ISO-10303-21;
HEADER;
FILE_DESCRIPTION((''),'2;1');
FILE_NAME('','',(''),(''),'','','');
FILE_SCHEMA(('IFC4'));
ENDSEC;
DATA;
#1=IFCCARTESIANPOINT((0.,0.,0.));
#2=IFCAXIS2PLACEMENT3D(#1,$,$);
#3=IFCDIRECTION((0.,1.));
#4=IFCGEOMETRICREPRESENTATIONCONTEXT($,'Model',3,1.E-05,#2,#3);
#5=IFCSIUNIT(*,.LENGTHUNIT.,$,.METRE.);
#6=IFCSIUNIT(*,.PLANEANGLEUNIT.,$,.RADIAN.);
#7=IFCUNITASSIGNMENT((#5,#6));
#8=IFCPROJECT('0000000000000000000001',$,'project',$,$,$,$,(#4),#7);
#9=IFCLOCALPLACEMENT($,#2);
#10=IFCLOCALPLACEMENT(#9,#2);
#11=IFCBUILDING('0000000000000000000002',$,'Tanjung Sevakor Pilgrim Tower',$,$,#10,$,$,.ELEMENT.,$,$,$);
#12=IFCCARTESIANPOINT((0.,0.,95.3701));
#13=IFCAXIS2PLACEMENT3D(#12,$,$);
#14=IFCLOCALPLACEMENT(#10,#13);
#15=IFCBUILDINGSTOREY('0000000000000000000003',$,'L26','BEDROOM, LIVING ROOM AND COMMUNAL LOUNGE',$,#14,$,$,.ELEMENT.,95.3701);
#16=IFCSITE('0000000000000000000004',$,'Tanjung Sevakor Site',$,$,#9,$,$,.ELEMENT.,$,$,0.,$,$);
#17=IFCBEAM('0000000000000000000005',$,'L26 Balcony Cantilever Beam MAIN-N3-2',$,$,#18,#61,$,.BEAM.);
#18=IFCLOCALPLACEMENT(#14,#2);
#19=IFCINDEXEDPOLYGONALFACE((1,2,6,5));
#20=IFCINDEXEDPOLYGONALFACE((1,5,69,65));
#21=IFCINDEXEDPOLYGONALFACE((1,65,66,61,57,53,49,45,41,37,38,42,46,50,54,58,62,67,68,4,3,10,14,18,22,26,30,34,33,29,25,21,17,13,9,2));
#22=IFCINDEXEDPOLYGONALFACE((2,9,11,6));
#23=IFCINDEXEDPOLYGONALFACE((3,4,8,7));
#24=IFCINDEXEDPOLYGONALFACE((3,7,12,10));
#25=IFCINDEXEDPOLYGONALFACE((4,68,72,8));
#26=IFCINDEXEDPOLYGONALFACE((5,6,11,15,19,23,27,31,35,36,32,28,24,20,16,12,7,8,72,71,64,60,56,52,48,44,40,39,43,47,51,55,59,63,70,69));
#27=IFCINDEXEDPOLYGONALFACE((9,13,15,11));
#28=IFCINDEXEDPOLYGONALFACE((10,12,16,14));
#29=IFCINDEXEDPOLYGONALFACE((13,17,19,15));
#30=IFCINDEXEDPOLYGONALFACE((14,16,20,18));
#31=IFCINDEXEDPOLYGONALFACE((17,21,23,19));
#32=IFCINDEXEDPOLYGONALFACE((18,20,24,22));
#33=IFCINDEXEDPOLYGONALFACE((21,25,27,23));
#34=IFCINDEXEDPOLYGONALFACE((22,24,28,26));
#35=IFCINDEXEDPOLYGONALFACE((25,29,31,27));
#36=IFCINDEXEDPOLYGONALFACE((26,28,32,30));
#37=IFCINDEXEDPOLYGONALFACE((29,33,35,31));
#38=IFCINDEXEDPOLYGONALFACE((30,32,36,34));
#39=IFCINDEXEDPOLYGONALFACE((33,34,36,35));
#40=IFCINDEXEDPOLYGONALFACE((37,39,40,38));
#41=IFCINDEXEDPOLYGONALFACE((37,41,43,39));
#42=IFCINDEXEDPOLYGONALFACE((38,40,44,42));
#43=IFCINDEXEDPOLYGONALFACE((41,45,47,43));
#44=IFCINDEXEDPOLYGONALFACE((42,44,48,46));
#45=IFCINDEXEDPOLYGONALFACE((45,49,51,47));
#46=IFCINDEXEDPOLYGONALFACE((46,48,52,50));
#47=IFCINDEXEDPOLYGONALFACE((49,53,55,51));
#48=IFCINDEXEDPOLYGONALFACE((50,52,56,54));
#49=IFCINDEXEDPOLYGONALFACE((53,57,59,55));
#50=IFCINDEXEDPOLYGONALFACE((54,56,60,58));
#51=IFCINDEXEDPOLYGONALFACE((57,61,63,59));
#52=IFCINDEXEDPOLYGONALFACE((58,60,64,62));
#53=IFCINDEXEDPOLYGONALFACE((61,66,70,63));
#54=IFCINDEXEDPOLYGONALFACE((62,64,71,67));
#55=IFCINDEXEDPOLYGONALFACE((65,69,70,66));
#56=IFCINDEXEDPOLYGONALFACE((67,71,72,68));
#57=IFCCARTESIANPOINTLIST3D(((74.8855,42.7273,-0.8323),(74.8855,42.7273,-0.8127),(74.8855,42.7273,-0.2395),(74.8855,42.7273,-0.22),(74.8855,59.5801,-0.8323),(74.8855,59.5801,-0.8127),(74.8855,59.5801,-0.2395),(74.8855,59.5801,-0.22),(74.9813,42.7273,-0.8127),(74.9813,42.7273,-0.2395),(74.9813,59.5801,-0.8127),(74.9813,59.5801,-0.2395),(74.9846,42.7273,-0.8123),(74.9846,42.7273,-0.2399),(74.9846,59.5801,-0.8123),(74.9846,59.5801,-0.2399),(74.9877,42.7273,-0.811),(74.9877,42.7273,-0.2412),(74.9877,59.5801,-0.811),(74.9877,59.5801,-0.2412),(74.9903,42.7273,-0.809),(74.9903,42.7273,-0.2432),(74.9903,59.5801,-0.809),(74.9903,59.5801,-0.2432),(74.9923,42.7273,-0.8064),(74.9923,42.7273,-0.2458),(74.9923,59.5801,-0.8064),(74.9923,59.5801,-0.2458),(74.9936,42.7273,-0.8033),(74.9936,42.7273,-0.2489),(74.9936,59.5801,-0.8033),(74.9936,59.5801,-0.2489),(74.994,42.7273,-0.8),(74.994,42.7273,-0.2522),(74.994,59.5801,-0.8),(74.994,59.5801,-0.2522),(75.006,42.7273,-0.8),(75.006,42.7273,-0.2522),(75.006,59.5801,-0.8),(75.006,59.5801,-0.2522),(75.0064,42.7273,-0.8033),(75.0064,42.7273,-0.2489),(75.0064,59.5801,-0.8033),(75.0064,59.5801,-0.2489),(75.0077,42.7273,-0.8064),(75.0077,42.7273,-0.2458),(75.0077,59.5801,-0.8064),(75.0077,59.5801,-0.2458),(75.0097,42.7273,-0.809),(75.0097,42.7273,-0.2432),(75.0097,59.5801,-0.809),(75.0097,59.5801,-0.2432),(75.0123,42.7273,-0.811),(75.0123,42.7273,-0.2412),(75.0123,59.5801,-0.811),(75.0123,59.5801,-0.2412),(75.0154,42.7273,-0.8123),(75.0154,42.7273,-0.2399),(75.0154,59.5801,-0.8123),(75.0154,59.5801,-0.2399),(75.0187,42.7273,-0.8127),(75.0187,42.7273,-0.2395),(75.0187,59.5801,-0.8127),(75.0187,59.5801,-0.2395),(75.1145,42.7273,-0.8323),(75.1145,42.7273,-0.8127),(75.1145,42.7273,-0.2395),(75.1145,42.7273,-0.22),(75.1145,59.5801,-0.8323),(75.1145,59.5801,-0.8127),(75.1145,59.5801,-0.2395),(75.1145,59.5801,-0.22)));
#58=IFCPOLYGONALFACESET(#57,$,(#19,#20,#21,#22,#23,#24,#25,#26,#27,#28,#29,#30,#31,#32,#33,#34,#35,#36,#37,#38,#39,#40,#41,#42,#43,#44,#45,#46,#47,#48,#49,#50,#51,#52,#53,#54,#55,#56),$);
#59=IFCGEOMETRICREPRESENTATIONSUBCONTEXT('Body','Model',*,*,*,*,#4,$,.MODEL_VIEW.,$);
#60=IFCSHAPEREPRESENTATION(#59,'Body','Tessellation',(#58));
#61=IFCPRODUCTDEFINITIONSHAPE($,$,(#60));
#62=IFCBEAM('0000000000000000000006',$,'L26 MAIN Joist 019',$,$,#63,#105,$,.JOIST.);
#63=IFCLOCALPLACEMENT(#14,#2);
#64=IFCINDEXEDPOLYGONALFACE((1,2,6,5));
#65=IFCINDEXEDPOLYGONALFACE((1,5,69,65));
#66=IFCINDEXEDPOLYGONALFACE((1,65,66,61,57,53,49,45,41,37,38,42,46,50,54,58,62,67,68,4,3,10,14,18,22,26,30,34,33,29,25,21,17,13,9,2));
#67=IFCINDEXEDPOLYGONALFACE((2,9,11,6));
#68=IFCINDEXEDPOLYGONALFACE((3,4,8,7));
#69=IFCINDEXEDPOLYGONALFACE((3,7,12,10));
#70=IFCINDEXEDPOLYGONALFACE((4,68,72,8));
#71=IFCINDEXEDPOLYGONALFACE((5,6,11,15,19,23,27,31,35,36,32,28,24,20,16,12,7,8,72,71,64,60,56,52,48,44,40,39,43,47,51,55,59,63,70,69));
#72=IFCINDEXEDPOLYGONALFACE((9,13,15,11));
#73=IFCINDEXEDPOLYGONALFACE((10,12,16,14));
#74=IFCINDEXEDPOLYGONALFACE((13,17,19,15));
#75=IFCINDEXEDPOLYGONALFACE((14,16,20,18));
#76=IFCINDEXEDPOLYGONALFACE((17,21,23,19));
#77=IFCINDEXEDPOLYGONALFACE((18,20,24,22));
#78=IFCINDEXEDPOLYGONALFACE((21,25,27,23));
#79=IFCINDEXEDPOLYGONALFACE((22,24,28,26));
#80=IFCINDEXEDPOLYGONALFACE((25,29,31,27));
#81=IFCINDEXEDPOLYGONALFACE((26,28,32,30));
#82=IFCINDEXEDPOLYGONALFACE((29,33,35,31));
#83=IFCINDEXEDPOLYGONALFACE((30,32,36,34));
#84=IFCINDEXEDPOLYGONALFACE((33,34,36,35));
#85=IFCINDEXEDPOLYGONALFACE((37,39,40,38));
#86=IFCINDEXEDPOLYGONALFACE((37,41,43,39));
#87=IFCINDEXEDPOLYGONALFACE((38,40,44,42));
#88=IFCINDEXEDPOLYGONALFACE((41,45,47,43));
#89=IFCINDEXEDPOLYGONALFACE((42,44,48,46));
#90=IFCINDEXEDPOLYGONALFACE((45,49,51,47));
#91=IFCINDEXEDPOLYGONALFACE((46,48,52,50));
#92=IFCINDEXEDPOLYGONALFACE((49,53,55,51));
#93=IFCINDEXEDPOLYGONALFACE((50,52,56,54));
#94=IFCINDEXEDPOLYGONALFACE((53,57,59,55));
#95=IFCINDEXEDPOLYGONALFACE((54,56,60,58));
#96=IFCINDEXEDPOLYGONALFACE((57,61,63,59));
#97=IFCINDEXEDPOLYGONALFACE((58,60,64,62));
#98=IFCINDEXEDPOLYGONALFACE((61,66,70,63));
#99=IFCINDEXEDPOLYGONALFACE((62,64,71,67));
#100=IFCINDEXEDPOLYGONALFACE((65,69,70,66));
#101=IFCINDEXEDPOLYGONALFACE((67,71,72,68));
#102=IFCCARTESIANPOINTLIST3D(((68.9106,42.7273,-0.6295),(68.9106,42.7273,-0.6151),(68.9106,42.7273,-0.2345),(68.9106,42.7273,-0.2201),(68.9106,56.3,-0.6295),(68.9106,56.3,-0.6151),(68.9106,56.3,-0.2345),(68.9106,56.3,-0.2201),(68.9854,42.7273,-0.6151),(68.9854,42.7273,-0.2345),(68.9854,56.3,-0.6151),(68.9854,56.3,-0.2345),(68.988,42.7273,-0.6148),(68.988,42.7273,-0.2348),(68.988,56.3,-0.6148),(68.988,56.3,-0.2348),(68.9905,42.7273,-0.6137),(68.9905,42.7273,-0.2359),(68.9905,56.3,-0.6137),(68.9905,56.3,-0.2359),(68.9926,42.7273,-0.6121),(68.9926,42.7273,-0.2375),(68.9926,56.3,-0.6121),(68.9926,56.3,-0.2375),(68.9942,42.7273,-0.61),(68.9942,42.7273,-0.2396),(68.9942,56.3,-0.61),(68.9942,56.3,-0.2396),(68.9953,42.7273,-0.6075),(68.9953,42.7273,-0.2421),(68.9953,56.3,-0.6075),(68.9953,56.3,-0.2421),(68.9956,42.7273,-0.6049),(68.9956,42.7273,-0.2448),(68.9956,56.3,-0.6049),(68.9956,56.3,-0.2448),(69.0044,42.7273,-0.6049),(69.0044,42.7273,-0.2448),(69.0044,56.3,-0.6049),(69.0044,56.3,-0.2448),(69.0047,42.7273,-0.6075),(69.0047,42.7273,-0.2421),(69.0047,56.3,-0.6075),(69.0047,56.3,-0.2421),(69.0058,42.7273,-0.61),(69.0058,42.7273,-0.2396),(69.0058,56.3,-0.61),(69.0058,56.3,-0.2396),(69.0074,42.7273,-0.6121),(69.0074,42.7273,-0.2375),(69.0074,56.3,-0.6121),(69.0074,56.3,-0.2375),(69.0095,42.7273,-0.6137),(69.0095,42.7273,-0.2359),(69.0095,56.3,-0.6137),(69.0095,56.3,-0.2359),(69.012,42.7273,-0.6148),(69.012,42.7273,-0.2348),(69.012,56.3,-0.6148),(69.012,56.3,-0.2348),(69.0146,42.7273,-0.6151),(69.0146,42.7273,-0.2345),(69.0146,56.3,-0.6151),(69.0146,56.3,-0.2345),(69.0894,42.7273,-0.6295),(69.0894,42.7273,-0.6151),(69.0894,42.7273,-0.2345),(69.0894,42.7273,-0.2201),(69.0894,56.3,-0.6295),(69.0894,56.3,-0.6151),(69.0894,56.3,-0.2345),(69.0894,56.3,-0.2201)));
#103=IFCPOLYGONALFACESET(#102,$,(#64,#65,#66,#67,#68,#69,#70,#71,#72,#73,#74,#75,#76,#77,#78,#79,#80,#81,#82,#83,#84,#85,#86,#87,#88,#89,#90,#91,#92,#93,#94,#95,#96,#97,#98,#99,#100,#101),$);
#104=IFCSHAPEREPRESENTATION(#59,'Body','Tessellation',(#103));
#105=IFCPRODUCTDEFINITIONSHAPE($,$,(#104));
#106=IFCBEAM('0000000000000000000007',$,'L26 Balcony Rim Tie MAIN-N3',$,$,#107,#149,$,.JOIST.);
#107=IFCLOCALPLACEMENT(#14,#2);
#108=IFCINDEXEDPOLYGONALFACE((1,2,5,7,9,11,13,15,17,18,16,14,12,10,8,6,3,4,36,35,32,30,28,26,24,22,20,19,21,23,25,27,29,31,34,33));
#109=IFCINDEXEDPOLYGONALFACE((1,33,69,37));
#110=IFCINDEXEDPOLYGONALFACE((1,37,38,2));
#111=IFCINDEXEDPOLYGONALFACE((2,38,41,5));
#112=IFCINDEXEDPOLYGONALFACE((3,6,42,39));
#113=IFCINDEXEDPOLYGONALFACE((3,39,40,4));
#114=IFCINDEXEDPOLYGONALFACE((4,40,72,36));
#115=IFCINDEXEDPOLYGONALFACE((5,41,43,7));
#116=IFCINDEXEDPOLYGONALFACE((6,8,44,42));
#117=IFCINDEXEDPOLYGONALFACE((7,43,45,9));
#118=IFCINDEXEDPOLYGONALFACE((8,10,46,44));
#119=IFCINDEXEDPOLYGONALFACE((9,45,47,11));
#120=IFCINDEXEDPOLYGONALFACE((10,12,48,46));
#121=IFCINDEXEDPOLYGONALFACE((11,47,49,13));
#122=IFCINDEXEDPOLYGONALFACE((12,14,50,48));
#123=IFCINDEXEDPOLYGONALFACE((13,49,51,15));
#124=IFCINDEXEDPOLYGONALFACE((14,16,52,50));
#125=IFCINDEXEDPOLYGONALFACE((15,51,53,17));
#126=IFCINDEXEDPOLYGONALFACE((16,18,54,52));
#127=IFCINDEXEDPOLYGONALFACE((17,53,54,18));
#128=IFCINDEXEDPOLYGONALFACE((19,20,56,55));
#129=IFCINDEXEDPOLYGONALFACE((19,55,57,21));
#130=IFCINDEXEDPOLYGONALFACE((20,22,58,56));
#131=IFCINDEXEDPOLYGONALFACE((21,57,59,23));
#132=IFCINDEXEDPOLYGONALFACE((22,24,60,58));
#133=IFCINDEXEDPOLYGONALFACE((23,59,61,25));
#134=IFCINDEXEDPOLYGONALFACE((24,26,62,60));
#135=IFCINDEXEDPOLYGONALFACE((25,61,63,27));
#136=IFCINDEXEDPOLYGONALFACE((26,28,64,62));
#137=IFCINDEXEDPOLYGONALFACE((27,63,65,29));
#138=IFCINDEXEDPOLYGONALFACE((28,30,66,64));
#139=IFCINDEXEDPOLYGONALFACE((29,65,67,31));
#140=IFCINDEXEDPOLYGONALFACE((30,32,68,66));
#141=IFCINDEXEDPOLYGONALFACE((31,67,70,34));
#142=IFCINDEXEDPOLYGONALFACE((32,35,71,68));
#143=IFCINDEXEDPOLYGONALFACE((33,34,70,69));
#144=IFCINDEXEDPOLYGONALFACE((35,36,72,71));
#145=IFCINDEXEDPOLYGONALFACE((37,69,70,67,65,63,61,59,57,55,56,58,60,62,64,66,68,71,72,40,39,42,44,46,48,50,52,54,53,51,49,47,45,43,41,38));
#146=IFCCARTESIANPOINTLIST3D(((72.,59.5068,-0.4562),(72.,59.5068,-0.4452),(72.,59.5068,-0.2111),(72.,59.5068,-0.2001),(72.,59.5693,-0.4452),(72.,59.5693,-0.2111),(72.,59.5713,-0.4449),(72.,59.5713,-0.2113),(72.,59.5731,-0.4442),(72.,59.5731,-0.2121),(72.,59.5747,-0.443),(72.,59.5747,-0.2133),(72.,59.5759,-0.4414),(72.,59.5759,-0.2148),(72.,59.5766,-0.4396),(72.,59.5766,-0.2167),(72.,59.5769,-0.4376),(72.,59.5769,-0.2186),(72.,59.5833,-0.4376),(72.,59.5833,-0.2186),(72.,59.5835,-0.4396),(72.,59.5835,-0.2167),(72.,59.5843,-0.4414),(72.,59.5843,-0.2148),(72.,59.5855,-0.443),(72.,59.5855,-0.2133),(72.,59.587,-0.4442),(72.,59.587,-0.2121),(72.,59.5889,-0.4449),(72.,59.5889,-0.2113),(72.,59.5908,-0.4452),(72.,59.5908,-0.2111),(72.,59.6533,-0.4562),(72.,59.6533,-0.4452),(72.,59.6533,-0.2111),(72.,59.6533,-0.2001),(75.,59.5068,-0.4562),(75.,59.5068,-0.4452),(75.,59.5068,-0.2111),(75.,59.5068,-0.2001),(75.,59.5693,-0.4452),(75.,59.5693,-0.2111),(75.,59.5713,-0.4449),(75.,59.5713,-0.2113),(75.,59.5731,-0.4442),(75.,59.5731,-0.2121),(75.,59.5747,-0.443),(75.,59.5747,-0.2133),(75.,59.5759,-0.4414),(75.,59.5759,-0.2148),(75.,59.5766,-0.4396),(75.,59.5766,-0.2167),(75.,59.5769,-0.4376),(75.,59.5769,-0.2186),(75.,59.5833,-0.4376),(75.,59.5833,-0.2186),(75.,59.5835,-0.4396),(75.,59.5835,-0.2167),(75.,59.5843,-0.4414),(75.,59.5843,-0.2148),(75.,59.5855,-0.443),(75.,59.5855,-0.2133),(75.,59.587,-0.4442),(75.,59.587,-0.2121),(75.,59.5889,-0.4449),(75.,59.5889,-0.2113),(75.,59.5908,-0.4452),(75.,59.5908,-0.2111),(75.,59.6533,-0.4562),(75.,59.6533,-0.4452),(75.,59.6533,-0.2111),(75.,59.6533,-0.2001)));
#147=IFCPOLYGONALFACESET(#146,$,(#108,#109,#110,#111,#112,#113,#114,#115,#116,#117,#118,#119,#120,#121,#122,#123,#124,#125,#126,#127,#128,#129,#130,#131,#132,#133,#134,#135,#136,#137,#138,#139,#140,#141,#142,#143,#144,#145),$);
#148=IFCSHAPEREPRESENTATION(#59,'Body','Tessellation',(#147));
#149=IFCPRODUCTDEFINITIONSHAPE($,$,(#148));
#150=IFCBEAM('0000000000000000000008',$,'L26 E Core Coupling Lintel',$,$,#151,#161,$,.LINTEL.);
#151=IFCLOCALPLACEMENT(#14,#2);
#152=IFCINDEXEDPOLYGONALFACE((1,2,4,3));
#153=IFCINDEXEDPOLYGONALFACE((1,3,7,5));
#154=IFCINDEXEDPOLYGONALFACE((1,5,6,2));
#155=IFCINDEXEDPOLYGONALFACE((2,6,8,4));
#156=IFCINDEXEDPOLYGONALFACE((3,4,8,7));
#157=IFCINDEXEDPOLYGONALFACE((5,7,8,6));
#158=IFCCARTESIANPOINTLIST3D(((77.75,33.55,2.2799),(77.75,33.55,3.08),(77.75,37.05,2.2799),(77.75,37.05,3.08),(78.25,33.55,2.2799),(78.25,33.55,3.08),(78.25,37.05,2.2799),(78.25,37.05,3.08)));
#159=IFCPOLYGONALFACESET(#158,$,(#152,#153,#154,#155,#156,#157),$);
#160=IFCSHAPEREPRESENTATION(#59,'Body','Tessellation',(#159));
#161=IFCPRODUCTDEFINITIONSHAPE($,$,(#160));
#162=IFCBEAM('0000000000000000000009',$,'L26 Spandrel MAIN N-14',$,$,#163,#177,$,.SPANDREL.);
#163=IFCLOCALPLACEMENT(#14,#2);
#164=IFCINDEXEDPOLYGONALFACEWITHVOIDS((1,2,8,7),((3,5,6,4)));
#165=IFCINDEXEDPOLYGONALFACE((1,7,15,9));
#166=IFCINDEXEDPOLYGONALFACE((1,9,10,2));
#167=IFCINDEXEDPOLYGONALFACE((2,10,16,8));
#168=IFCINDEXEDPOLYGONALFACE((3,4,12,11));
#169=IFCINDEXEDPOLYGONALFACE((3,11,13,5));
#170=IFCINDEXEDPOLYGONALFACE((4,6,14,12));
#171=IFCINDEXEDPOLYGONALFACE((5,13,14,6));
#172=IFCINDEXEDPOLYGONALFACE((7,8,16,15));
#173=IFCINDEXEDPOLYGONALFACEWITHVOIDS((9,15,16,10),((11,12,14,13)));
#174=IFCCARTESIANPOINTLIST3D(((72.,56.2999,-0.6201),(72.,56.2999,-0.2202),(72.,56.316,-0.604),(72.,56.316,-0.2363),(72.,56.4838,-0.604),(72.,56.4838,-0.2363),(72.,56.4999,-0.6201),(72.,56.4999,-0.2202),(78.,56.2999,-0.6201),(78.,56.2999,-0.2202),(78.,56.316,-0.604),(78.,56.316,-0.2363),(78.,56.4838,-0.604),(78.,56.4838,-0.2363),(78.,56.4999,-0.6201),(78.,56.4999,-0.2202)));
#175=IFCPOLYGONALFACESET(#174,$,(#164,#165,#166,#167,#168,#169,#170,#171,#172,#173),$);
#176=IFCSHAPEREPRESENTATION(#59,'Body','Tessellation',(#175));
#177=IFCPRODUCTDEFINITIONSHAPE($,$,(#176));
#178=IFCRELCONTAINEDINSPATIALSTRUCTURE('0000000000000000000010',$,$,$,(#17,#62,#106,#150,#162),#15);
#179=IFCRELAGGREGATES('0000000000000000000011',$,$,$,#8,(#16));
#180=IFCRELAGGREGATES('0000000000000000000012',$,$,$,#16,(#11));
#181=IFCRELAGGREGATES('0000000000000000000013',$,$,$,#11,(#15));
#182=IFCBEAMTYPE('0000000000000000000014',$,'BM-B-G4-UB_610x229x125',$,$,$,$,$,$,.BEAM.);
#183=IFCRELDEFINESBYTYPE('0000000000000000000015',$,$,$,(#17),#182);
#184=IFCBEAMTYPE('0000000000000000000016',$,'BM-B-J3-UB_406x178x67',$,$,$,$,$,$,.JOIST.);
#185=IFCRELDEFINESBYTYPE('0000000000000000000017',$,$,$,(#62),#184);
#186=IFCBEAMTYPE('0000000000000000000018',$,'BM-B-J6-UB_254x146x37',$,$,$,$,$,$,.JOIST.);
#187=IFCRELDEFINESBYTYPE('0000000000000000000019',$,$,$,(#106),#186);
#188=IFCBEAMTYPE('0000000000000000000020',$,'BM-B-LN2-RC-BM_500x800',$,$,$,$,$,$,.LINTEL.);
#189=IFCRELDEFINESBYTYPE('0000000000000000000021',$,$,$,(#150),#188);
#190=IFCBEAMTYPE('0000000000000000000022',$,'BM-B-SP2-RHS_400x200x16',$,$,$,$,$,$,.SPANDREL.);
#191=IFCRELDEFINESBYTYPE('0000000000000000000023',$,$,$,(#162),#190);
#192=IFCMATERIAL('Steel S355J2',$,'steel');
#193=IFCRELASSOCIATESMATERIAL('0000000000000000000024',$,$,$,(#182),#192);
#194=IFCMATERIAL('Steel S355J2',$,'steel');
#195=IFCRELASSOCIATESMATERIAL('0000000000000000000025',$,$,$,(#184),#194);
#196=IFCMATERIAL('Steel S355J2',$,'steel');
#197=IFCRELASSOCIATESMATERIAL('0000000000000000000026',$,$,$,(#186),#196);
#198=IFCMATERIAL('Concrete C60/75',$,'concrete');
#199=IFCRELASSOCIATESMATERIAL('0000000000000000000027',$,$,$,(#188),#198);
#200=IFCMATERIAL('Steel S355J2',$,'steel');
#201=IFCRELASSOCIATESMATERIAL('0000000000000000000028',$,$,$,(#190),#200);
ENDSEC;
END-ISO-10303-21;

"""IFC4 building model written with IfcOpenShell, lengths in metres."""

from ifc_helpers import new_model, si_unit, direction, frame, origin, origin_2d, place, context, subcontext, project, spatial, rectangle, hollow_rectangle, i_section, extrude, material, material_profile, profile_set, type_object, element, save


model = new_model("IFC4")

# Units and contexts
model_context = context("Model", 3, precision=1e-05, world=origin(), true_north=direction((0.0, 1.0)))
body_context = subcontext(model_context, "Body", "Model", "MODEL_VIEW")
ifc_project = project(units=[si_unit("LENGTHUNIT", "METRE"), si_unit("PLANEANGLEUNIT", "RADIAN")], contexts=[model_context])

# Site, building, storey
site_placement = place(None, origin())
site = spatial("IfcSite", under=ifc_project, at=site_placement, Name="Tanjung Sevakor Site", CompositionType="ELEMENT", RefElevation=0.0)
building_placement = place(site_placement, origin())
building = spatial("IfcBuilding", under=site, at=building_placement, Name="Tanjung Sevakor Pilgrim Tower", CompositionType="ELEMENT")
storey_placement = place(building_placement, frame((0.0, 0.0, 95.3701)))
storey = spatial("IfcBuildingStorey", under=building, at=storey_placement, Name="L26", Description="BEDROOM, LIVING ROOM AND COMMUNAL LOUNGE", CompositionType="ELEMENT", Elevation=95.3701)

# Beams
ifc_material_1 = material(Name="Steel S355J2", Category="steel")
ifc_material_profile_1 = material_profile(ifc_material_1, i_section(OverallWidth=0.229, OverallDepth=0.6123, WebThickness=0.012, FlangeThickness=0.0195, FilletRadius=0.0127, at=origin_2d()))
ifc_profile_set_1 = profile_set([ifc_material_profile_1], Name="Steel S355J2")
beam_type_1 = type_object("IfcBeamType", Name="BM-B-G4-UB_610x229x125", PredefinedType="BEAM", material=ifc_profile_set_1)
beam_1_placement = place(storey_placement, frame((75.0, 42.7273, -0.5261), z_axis=(0.0, 1.0, 0.0), x_axis=(-1.0, 0.0, 0.0)))
element("IfcBeam", 1, at=beam_1_placement, inside=storey, type_object=beam_type_1, Name="L26 Balcony Cantilever Beam MAIN-N3-2", PredefinedType="BEAM", context=body_context, shape_type="SweptSolid", body=[
    extrude(i_section(OverallWidth=0.229, OverallDepth=0.6123, WebThickness=0.012, FlangeThickness=0.0195, FilletRadius=0.0127, at=origin_2d()), origin(), (0.0, 0.0, 1.0), 16.8528),
])
ifc_material_2 = material(Name="Steel S355J2", Category="steel")
ifc_material_profile_2 = material_profile(ifc_material_2, i_section(OverallWidth=0.1787, OverallDepth=0.4094, WebThickness=0.0088, FlangeThickness=0.0144, FilletRadius=0.0103, at=origin_2d()))
ifc_profile_set_2 = profile_set([ifc_material_profile_2], Name="Steel S355J2")
beam_type_2 = type_object("IfcBeamType", Name="BM-B-J3-UB_406x178x67", PredefinedType="JOIST", material=ifc_profile_set_2)
beam_2_placement = place(storey_placement, frame((69.0, 42.7273, -0.4248), z_axis=(0.0, 1.0, 0.0), x_axis=(-1.0, 0.0, 0.0)))
element("IfcBeam", 2, at=beam_2_placement, inside=storey, type_object=beam_type_2, Name="L26 MAIN Joist 019", PredefinedType="JOIST", context=body_context, shape_type="SweptSolid", body=[
    extrude(i_section(OverallWidth=0.1787, OverallDepth=0.4094, WebThickness=0.0088, FlangeThickness=0.0144, FilletRadius=0.0103, at=origin_2d()), origin(), (0.0, 0.0, 1.0), 13.5728),
])
ifc_material_3 = material(Name="Steel S355J2", Category="steel")
ifc_material_profile_3 = material_profile(ifc_material_3, i_section(OverallWidth=0.1465, OverallDepth=0.2561, WebThickness=0.0063, FlangeThickness=0.011, FilletRadius=0.0076, at=origin_2d()))
ifc_profile_set_3 = profile_set([ifc_material_profile_3], Name="Steel S355J2")
beam_type_3 = type_object("IfcBeamType", Name="BM-B-J6-UB_254x146x37", PredefinedType="JOIST", material=ifc_profile_set_3)
beam_3_placement = place(storey_placement, frame((72.0, 59.5801, -0.3281), z_axis=(1.0, 0.0, 0.0), x_axis=(0.0, 1.0, 0.0)))
element("IfcBeam", 3, at=beam_3_placement, inside=storey, type_object=beam_type_3, Name="L26 Balcony Rim Tie MAIN-N3", PredefinedType="JOIST", context=body_context, shape_type="SweptSolid", body=[
    extrude(i_section(OverallWidth=0.1465, OverallDepth=0.2561, WebThickness=0.0063, FlangeThickness=0.011, FilletRadius=0.0076, at=origin_2d()), origin(), (0.0, 0.0, 1.0), 3.0),
])
ifc_material_4 = material(Name="Concrete C60/75", Category="concrete")
ifc_material_profile_4 = material_profile(ifc_material_4, rectangle(XDim=0.5, YDim=0.8, at=origin_2d()))
ifc_profile_set_4 = profile_set([ifc_material_profile_4], Name="Concrete C60/75")
beam_type_4 = type_object("IfcBeamType", Name="BM-B-LN2-RC-BM_500x800", PredefinedType="LINTEL", material=ifc_profile_set_4)
beam_4_placement = place(storey_placement, frame((78.0, 33.55, 2.6799), z_axis=(0.0, 1.0, 0.0), x_axis=(-1.0, 0.0, 0.0)))
element("IfcBeam", 4, at=beam_4_placement, inside=storey, type_object=beam_type_4, Name="L26 E Core Coupling Lintel", PredefinedType="LINTEL", context=body_context, shape_type="SweptSolid", body=[
    extrude(rectangle(XDim=0.5, YDim=0.8, at=origin_2d()), origin(), (0.0, 0.0, 1.0), 3.5),
])
ifc_material_5 = material(Name="Steel S355J2", Category="steel")
ifc_material_profile_5 = material_profile(ifc_material_5, hollow_rectangle(XDim=0.2, YDim=0.3999, WallThickness=0.0161, at=origin_2d()))
ifc_profile_set_5 = profile_set([ifc_material_profile_5], Name="Steel S355J2")
beam_type_5 = type_object("IfcBeamType", Name="BM-B-SP2-RHS_400x200x16", PredefinedType="SPANDREL", material=ifc_profile_set_5)
for number, where, z_axis, x_axis, name in (
    (5, (72.0, 56.3999, -0.4202), (1.0, 0.0, 0.0), (0.0, 1.0, 0.0), "L26 Spandrel MAIN N-14"),
):
    element("IfcBeam", number, at=place(storey_placement, frame(where, z_axis=z_axis, x_axis=x_axis)), inside=storey, type_object=beam_type_5, Name=name, PredefinedType="SPANDREL", context=body_context, shape_type="SweptSolid", body=[
        extrude(hollow_rectangle(XDim=0.2, YDim=0.3999, WallThickness=0.0161, at=origin_2d()), origin(), (0.0, 0.0, 1.0), 6.0),
    ])

save(model, "model.ifc")
